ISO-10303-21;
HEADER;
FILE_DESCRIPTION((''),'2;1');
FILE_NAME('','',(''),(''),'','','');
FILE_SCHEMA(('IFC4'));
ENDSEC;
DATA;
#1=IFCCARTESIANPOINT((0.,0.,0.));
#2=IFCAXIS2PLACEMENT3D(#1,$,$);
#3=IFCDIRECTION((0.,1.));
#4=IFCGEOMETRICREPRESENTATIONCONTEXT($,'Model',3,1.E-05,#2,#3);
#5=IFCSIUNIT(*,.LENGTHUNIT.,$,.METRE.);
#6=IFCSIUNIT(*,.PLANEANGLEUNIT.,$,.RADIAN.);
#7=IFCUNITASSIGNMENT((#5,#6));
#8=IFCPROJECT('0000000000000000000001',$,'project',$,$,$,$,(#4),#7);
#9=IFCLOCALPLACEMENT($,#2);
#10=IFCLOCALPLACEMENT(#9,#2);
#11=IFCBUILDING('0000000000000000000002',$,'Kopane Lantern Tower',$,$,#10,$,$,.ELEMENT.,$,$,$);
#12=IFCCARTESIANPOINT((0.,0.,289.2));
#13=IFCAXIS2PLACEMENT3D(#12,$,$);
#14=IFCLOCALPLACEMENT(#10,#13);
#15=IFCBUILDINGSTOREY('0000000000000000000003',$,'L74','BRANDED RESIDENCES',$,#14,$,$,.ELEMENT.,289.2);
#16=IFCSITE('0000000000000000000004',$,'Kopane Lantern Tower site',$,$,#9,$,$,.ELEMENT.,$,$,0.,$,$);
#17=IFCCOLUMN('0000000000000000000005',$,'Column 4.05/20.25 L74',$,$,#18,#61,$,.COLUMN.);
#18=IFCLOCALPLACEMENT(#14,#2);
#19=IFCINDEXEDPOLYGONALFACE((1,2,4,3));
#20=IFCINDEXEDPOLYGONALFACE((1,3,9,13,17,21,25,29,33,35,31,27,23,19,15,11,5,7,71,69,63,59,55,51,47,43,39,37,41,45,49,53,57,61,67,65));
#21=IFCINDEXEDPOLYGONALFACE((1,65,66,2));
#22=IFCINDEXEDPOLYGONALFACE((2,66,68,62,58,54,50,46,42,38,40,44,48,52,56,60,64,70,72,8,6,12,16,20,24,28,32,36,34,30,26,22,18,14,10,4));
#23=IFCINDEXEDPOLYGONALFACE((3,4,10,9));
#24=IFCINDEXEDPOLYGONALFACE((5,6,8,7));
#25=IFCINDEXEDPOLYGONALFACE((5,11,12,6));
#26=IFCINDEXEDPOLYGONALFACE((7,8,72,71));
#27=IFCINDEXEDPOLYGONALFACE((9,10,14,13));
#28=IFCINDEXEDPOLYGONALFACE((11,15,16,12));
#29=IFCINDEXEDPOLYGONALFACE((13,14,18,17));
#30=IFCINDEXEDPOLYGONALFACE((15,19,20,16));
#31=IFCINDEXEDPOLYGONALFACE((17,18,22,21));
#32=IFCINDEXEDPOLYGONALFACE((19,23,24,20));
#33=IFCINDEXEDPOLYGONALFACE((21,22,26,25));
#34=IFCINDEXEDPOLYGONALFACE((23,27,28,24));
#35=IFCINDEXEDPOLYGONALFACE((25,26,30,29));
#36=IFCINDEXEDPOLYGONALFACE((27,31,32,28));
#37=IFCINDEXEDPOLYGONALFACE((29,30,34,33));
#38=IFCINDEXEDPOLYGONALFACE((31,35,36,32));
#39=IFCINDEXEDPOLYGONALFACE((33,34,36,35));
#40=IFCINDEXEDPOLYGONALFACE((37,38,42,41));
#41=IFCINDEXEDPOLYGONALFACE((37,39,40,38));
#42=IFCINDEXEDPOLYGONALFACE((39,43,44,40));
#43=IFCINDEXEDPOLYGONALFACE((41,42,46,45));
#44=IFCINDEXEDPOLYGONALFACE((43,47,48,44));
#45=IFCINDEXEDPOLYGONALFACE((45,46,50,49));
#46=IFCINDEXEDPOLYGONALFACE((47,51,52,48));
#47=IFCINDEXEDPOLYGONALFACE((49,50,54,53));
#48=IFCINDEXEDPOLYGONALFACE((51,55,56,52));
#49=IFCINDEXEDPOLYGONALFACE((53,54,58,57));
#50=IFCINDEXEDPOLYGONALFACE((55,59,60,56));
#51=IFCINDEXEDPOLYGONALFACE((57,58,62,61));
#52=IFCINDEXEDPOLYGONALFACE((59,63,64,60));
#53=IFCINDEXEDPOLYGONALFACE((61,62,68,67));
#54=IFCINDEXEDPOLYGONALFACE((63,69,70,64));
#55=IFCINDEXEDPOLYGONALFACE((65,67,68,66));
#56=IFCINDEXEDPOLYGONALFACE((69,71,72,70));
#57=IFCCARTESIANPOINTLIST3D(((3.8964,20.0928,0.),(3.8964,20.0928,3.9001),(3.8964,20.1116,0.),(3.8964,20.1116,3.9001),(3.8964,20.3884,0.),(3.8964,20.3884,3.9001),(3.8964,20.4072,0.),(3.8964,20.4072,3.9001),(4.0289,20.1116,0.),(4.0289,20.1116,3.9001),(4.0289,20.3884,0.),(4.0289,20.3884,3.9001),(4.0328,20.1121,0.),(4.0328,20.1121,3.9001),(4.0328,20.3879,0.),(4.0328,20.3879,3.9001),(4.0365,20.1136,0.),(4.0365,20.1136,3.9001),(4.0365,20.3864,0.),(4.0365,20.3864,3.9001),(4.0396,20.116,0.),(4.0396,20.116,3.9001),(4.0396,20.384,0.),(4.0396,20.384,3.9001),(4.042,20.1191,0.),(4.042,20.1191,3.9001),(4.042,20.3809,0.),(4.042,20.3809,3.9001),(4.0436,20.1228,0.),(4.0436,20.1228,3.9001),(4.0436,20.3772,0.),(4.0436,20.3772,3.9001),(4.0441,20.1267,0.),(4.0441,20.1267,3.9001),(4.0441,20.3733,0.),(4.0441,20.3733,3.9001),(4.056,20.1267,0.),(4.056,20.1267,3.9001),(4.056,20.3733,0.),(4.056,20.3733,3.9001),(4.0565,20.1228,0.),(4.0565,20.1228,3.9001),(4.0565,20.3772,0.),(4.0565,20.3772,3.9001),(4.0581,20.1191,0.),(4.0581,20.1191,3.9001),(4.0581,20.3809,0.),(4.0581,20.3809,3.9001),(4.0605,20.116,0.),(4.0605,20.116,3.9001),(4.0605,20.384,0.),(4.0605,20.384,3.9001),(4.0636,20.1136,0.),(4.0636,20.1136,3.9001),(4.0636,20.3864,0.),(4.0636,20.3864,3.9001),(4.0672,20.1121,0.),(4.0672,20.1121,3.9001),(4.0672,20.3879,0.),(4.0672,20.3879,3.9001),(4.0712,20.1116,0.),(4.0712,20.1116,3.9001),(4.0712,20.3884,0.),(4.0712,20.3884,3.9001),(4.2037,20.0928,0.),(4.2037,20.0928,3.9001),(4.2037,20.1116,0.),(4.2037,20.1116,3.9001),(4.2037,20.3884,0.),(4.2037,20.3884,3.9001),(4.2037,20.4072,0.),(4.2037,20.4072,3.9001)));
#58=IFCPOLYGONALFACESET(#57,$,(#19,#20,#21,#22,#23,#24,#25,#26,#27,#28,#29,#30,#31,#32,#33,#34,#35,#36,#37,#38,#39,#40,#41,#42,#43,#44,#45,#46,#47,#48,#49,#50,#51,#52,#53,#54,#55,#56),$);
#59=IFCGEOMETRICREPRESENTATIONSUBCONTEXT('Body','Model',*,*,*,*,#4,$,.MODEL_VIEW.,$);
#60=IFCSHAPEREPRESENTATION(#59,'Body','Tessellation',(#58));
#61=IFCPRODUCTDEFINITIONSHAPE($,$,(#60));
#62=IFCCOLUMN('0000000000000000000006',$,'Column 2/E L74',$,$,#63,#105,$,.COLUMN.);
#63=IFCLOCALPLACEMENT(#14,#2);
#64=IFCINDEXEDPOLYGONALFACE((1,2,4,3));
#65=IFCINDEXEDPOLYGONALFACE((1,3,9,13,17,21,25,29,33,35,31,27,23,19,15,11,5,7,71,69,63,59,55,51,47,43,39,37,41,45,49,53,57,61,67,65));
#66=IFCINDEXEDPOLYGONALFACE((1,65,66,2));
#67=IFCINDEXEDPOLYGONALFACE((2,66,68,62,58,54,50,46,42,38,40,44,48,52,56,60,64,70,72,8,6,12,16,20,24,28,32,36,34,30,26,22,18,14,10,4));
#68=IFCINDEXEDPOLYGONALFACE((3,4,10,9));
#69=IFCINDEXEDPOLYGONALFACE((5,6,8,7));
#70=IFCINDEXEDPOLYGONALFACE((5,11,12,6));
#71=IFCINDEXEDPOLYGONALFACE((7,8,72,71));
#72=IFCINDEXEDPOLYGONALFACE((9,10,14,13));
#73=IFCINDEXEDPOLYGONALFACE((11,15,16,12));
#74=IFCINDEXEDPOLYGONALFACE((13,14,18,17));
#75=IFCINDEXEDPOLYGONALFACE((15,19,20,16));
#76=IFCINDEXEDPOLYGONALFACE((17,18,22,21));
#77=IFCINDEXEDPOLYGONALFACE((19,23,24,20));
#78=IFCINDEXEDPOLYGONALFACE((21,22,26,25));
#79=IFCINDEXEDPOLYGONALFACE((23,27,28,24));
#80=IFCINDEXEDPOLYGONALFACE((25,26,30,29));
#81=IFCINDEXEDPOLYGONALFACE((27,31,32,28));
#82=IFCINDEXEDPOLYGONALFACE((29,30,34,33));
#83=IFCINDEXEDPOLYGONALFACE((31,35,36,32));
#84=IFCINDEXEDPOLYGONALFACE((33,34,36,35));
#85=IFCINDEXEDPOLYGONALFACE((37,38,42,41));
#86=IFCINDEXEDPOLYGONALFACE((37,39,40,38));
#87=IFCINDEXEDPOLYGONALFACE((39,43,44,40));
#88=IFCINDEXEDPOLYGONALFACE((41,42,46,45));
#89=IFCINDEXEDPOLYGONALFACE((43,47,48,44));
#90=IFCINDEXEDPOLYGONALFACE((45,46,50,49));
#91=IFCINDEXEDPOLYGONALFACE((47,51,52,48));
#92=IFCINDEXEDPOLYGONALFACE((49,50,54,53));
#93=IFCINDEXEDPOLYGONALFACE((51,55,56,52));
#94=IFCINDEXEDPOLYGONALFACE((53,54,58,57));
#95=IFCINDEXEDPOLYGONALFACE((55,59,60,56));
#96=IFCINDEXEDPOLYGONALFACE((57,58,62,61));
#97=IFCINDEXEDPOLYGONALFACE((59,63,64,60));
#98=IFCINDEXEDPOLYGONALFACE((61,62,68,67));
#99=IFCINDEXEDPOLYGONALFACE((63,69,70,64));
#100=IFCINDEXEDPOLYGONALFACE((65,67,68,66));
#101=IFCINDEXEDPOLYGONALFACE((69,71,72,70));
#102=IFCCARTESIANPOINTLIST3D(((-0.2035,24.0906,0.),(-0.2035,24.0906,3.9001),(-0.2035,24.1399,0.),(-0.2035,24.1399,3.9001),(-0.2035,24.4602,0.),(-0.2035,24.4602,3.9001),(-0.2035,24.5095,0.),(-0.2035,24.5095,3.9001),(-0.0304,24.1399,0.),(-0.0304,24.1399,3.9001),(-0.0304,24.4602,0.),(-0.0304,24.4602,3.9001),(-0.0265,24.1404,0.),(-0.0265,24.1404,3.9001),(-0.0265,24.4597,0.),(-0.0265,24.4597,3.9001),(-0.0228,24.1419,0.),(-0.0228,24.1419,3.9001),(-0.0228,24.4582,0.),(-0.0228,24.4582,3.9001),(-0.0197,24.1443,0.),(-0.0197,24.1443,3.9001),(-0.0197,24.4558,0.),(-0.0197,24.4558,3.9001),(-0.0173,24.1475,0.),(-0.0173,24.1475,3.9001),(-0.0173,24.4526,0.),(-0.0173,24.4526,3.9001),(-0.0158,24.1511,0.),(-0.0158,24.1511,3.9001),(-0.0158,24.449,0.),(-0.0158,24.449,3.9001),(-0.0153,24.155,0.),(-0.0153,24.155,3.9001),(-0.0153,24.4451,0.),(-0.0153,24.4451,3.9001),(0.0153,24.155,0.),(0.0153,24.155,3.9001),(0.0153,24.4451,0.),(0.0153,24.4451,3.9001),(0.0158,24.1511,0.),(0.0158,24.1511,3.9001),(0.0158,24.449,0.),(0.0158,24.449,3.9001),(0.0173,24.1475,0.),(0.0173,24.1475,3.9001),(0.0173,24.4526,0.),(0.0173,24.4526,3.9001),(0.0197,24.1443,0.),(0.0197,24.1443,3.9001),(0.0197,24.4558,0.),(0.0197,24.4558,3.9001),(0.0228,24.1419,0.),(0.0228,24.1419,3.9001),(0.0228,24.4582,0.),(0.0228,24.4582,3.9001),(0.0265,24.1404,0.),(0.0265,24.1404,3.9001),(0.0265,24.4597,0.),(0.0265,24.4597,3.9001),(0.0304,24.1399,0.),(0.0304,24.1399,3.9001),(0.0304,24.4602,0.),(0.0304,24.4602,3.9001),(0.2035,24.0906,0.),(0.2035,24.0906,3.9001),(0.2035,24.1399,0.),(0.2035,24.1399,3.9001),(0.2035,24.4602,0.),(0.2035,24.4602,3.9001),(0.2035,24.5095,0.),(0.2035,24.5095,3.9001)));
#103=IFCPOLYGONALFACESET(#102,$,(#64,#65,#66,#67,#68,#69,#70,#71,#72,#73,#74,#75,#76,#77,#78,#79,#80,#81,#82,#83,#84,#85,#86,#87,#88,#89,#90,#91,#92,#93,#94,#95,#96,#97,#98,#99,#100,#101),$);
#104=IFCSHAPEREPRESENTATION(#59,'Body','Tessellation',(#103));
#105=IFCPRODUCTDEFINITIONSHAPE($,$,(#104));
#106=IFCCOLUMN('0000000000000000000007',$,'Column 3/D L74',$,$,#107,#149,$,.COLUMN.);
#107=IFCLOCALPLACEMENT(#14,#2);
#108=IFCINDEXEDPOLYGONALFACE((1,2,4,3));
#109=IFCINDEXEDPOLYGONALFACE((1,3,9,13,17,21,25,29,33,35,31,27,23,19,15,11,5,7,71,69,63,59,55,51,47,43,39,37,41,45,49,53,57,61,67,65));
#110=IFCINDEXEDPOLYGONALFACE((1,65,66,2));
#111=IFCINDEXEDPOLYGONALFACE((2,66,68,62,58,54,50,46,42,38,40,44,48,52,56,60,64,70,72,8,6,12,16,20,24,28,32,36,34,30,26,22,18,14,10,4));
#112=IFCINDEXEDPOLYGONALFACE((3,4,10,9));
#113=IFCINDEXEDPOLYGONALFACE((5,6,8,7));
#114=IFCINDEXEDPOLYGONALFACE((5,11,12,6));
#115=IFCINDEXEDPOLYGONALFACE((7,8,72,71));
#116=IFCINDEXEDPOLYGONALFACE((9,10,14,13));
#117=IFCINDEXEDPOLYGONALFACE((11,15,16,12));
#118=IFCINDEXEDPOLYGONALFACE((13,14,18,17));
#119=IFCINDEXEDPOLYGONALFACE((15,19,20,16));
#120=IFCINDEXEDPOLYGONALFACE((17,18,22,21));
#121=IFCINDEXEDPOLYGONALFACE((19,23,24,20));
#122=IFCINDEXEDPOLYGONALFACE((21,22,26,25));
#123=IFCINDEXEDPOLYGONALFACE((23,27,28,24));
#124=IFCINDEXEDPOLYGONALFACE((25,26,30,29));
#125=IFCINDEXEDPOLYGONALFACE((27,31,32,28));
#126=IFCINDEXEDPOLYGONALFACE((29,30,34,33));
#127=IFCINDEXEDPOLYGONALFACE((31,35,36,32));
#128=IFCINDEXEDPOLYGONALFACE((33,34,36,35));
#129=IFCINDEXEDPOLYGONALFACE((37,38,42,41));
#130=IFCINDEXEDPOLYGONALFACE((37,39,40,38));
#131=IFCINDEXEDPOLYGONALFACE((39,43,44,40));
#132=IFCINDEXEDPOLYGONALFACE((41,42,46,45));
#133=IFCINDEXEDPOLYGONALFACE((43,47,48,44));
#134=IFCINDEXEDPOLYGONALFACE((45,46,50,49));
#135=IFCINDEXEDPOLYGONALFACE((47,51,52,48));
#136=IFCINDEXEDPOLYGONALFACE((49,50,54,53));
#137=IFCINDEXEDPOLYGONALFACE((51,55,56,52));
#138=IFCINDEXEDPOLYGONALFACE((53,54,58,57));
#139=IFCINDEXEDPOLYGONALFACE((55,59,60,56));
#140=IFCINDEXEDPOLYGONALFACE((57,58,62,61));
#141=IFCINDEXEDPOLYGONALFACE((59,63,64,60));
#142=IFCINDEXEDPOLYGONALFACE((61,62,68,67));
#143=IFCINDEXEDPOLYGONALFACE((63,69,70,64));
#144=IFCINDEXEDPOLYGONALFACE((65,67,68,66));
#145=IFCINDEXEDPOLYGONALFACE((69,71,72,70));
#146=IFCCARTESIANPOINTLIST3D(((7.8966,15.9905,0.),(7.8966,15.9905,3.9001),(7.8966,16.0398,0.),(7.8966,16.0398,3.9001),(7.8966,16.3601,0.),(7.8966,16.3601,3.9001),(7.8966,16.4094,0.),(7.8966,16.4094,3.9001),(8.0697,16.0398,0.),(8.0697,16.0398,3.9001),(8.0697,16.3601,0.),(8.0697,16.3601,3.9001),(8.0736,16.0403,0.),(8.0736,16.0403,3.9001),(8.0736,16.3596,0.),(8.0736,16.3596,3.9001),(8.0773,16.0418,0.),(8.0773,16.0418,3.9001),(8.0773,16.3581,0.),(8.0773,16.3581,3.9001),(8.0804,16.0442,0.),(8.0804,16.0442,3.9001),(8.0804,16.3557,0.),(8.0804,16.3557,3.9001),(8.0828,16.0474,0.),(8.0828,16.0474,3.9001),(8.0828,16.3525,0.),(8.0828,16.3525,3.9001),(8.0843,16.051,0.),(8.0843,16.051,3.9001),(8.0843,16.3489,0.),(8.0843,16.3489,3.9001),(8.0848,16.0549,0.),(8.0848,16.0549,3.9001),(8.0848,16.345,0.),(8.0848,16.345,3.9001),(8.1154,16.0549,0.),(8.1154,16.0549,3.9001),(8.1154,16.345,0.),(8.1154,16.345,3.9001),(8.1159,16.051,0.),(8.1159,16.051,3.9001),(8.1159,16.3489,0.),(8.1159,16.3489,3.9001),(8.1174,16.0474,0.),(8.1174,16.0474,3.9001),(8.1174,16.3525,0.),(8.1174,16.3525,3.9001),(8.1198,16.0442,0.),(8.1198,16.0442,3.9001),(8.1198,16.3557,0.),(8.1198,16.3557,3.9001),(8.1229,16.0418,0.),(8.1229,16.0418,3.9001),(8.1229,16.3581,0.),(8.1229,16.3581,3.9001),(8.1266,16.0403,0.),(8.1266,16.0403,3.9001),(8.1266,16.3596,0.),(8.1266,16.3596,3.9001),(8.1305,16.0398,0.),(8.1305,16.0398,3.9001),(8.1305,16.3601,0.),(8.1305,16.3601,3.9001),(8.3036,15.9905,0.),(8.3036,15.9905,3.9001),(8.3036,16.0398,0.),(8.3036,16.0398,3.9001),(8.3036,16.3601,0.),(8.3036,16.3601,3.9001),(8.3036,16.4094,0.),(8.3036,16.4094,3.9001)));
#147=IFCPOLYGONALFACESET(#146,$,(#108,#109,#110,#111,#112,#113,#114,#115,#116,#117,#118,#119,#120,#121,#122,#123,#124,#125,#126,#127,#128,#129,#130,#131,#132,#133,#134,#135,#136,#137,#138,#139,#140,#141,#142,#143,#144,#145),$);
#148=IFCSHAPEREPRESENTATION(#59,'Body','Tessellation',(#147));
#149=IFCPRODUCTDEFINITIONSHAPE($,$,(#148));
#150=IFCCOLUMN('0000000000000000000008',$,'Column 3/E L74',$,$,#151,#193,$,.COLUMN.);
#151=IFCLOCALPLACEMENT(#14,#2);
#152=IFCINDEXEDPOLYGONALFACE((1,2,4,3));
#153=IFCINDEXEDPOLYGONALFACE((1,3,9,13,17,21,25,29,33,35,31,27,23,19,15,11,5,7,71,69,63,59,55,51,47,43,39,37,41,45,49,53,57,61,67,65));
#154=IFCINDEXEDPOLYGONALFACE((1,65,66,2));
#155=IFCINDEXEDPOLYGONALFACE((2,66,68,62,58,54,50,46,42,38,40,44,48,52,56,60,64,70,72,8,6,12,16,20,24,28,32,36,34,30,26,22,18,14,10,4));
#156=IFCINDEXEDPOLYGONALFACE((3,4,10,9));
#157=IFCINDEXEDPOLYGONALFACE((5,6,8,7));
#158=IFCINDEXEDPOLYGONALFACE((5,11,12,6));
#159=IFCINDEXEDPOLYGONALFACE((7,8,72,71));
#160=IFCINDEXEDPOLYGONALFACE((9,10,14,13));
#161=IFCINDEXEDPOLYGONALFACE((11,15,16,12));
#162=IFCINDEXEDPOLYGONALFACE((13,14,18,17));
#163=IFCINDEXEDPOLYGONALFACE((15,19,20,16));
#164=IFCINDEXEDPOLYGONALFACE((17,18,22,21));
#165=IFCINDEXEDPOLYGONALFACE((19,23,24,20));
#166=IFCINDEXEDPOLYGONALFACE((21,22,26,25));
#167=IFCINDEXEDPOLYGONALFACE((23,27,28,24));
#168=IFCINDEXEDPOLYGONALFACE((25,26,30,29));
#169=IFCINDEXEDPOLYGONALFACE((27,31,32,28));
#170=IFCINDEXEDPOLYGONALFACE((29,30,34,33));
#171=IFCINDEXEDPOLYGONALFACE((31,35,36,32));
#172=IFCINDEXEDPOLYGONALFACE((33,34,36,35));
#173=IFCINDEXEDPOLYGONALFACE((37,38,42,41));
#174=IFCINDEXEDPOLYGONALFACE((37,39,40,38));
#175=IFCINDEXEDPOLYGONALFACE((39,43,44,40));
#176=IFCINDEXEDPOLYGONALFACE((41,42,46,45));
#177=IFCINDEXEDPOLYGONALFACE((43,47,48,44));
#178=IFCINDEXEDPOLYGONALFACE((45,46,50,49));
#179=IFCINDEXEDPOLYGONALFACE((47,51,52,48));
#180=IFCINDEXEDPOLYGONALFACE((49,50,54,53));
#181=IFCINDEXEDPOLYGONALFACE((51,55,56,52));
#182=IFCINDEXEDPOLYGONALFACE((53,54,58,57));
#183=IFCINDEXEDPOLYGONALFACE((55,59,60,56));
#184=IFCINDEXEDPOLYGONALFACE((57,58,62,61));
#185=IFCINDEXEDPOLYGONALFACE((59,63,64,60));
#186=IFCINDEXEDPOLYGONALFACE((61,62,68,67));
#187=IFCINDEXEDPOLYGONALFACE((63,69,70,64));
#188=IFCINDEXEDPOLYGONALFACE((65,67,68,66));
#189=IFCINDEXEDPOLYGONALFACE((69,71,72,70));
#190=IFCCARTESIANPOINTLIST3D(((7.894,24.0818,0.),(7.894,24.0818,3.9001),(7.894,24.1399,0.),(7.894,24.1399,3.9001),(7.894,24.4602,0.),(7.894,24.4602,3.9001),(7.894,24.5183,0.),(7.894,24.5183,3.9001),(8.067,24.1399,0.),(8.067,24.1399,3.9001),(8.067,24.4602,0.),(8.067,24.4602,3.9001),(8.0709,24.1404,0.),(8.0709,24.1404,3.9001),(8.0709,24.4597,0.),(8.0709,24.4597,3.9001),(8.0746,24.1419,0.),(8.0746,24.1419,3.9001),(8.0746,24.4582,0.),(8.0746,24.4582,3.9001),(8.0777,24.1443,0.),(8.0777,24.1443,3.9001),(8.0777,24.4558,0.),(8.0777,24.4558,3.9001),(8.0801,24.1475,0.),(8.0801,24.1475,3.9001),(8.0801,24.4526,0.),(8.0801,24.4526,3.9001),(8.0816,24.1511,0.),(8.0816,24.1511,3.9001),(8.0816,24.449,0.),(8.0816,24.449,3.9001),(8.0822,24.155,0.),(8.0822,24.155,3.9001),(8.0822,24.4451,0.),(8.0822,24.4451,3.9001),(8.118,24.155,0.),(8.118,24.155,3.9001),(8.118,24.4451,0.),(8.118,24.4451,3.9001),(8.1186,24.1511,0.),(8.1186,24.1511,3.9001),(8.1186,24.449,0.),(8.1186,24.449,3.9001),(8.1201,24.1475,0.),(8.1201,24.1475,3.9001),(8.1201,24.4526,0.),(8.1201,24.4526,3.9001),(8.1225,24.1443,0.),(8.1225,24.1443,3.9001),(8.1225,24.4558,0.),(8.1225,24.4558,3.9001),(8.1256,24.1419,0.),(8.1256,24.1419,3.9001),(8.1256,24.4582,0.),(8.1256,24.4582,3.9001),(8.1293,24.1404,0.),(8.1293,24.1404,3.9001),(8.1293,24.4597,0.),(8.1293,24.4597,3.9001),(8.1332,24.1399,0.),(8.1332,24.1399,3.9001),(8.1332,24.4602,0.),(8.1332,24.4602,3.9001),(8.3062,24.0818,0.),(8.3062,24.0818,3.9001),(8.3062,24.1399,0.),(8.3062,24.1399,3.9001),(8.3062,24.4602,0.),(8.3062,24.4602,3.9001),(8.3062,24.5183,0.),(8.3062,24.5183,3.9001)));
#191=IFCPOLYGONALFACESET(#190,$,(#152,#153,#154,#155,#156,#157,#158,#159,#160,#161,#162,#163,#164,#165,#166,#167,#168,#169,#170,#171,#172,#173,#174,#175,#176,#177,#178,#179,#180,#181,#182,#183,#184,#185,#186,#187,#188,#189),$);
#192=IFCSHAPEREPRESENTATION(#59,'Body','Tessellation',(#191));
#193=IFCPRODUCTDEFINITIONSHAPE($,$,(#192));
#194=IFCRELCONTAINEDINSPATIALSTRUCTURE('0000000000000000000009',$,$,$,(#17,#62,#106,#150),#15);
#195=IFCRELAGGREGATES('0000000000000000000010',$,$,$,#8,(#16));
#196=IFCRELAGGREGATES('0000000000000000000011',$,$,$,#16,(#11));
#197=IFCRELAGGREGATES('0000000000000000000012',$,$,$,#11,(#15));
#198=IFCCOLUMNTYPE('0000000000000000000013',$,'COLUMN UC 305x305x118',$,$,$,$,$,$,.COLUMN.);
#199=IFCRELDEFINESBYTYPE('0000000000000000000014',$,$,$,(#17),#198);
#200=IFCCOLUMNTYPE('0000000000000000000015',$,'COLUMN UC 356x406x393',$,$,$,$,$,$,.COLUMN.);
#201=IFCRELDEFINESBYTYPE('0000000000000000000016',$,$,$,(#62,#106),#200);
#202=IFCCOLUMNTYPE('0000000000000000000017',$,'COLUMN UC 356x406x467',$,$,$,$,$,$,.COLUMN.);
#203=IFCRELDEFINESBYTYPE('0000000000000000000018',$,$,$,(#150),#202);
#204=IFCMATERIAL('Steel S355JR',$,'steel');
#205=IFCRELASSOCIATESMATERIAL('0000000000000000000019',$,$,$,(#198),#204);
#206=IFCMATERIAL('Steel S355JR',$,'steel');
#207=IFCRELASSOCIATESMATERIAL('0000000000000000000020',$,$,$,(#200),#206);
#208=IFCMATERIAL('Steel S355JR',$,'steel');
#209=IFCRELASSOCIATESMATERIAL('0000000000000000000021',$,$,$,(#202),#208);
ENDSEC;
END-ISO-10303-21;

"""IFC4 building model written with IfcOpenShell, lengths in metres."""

from ifc_helpers import new_model, si_unit, direction, frame, origin, origin_2d, place, context, subcontext, project, spatial, i_section, extrude, material, material_profile, profile_set, type_object, element, save


model = new_model("IFC4")

# Units and contexts
model_context = context("Model", 3, precision=1e-05, world=origin(), true_north=direction((0.0, 1.0)))
body_context = subcontext(model_context, "Body", "Model", "MODEL_VIEW")
ifc_project = project(units=[si_unit("LENGTHUNIT", "METRE"), si_unit("PLANEANGLEUNIT", "RADIAN")], contexts=[model_context])

# Site, building, storey
site_placement = place(None, origin())
site = spatial("IfcSite", under=ifc_project, at=site_placement, Name="Kopane Lantern Tower site", CompositionType="ELEMENT", RefElevation=0.0)
building_placement = place(site_placement, origin())
building = spatial("IfcBuilding", under=site, at=building_placement, Name="Kopane Lantern Tower", CompositionType="ELEMENT")
storey_placement = place(building_placement, frame((0.0, 0.0, 289.2)))
storey = spatial("IfcBuildingStorey", under=building, at=storey_placement, Name="L74", Description="BRANDED RESIDENCES", CompositionType="ELEMENT", Elevation=289.2)

# Columns
ifc_material_1 = material(Name="Steel S355JR", Category="steel")
ifc_material_profile_1 = material_profile(ifc_material_1, i_section(OverallWidth=0.3074, OverallDepth=0.3145, WebThickness=0.012, FlangeThickness=0.0188, FilletRadius=0.0151, at=origin_2d()), Name="UC 305x305x118")
ifc_profile_set_1 = profile_set([ifc_material_profile_1], Name="Steel S355JR")
column_type_1 = type_object("IfcColumnType", Name="COLUMN UC 305x305x118", PredefinedType="COLUMN", material=ifc_profile_set_1)
column_1_placement = place(storey_placement, frame((4.05, 20.25, 0.0), z_axis=(0.0, 0.0, 1.0), x_axis=(1.0, 0.0, 0.0)))
element("IfcColumn", 1, at=column_1_placement, inside=storey, type_object=column_type_1, Name="Column 4.05/20.25 L74", PredefinedType="COLUMN", context=body_context, shape_type="SweptSolid", body=[
    extrude(i_section(OverallWidth=0.3074, OverallDepth=0.3145, WebThickness=0.012, FlangeThickness=0.0188, FilletRadius=0.0151, at=origin_2d()), origin(), (0.0, 0.0, 1.0), 3.9001),
])
ifc_material_2 = material(Name="Steel S355JR", Category="steel")
ifc_material_profile_2 = material_profile(ifc_material_2, i_section(OverallWidth=0.407, OverallDepth=0.4189, WebThickness=0.0305, FlangeThickness=0.0493, FilletRadius=0.0151, at=origin_2d()), Name="UC 356x406x393")
ifc_profile_set_2 = profile_set([ifc_material_profile_2], Name="Steel S355JR")
column_type_2 = type_object("IfcColumnType", Name="COLUMN UC 356x406x393", PredefinedType="COLUMN", material=ifc_profile_set_2)
for number, where, z_axis, x_axis, name in (
    (2, (0.0, 24.3, 0.0), (0.0, 0.0, 1.0), (1.0, 0.0, 0.0), "Column 2/E L74"),
    (3, (8.1001, 16.2, 0.0), (0.0, 0.0, 1.0), (1.0, 0.0, 0.0), "Column 3/D L74"),
):
    element("IfcColumn", number, at=place(storey_placement, frame(where, z_axis=z_axis, x_axis=x_axis)), inside=storey, type_object=column_type_2, Name=name, PredefinedType="COLUMN", context=body_context, shape_type="SweptSolid", body=[
        extrude(i_section(OverallWidth=0.407, OverallDepth=0.4189, WebThickness=0.0305, FlangeThickness=0.0493, FilletRadius=0.0151, at=origin_2d()), origin(), (0.0, 0.0, 1.0), 3.9001),
    ])
ifc_material_3 = material(Name="Steel S355JR", Category="steel")
ifc_material_profile_3 = material_profile(ifc_material_3, i_section(OverallWidth=0.4121, OverallDepth=0.4365, WebThickness=0.0359, FlangeThickness=0.0581, FilletRadius=0.0151, at=origin_2d()), Name="UC 356x406x467")
ifc_profile_set_3 = profile_set([ifc_material_profile_3], Name="Steel S355JR")
column_type_3 = type_object("IfcColumnType", Name="COLUMN UC 356x406x467", PredefinedType="COLUMN", material=ifc_profile_set_3)
column_2_placement = place(storey_placement, frame((8.1001, 24.3, 0.0), z_axis=(0.0, 0.0, 1.0), x_axis=(1.0, 0.0, 0.0)))
element("IfcColumn", 4, at=column_2_placement, inside=storey, type_object=column_type_3, Name="Column 3/E L74", PredefinedType="COLUMN", context=body_context, shape_type="SweptSolid", body=[
    extrude(i_section(OverallWidth=0.4121, OverallDepth=0.4365, WebThickness=0.0359, FlangeThickness=0.0581, FilletRadius=0.0151, at=origin_2d()), origin(), (0.0, 0.0, 1.0), 3.9001),
])

save(model, "model.ifc")
